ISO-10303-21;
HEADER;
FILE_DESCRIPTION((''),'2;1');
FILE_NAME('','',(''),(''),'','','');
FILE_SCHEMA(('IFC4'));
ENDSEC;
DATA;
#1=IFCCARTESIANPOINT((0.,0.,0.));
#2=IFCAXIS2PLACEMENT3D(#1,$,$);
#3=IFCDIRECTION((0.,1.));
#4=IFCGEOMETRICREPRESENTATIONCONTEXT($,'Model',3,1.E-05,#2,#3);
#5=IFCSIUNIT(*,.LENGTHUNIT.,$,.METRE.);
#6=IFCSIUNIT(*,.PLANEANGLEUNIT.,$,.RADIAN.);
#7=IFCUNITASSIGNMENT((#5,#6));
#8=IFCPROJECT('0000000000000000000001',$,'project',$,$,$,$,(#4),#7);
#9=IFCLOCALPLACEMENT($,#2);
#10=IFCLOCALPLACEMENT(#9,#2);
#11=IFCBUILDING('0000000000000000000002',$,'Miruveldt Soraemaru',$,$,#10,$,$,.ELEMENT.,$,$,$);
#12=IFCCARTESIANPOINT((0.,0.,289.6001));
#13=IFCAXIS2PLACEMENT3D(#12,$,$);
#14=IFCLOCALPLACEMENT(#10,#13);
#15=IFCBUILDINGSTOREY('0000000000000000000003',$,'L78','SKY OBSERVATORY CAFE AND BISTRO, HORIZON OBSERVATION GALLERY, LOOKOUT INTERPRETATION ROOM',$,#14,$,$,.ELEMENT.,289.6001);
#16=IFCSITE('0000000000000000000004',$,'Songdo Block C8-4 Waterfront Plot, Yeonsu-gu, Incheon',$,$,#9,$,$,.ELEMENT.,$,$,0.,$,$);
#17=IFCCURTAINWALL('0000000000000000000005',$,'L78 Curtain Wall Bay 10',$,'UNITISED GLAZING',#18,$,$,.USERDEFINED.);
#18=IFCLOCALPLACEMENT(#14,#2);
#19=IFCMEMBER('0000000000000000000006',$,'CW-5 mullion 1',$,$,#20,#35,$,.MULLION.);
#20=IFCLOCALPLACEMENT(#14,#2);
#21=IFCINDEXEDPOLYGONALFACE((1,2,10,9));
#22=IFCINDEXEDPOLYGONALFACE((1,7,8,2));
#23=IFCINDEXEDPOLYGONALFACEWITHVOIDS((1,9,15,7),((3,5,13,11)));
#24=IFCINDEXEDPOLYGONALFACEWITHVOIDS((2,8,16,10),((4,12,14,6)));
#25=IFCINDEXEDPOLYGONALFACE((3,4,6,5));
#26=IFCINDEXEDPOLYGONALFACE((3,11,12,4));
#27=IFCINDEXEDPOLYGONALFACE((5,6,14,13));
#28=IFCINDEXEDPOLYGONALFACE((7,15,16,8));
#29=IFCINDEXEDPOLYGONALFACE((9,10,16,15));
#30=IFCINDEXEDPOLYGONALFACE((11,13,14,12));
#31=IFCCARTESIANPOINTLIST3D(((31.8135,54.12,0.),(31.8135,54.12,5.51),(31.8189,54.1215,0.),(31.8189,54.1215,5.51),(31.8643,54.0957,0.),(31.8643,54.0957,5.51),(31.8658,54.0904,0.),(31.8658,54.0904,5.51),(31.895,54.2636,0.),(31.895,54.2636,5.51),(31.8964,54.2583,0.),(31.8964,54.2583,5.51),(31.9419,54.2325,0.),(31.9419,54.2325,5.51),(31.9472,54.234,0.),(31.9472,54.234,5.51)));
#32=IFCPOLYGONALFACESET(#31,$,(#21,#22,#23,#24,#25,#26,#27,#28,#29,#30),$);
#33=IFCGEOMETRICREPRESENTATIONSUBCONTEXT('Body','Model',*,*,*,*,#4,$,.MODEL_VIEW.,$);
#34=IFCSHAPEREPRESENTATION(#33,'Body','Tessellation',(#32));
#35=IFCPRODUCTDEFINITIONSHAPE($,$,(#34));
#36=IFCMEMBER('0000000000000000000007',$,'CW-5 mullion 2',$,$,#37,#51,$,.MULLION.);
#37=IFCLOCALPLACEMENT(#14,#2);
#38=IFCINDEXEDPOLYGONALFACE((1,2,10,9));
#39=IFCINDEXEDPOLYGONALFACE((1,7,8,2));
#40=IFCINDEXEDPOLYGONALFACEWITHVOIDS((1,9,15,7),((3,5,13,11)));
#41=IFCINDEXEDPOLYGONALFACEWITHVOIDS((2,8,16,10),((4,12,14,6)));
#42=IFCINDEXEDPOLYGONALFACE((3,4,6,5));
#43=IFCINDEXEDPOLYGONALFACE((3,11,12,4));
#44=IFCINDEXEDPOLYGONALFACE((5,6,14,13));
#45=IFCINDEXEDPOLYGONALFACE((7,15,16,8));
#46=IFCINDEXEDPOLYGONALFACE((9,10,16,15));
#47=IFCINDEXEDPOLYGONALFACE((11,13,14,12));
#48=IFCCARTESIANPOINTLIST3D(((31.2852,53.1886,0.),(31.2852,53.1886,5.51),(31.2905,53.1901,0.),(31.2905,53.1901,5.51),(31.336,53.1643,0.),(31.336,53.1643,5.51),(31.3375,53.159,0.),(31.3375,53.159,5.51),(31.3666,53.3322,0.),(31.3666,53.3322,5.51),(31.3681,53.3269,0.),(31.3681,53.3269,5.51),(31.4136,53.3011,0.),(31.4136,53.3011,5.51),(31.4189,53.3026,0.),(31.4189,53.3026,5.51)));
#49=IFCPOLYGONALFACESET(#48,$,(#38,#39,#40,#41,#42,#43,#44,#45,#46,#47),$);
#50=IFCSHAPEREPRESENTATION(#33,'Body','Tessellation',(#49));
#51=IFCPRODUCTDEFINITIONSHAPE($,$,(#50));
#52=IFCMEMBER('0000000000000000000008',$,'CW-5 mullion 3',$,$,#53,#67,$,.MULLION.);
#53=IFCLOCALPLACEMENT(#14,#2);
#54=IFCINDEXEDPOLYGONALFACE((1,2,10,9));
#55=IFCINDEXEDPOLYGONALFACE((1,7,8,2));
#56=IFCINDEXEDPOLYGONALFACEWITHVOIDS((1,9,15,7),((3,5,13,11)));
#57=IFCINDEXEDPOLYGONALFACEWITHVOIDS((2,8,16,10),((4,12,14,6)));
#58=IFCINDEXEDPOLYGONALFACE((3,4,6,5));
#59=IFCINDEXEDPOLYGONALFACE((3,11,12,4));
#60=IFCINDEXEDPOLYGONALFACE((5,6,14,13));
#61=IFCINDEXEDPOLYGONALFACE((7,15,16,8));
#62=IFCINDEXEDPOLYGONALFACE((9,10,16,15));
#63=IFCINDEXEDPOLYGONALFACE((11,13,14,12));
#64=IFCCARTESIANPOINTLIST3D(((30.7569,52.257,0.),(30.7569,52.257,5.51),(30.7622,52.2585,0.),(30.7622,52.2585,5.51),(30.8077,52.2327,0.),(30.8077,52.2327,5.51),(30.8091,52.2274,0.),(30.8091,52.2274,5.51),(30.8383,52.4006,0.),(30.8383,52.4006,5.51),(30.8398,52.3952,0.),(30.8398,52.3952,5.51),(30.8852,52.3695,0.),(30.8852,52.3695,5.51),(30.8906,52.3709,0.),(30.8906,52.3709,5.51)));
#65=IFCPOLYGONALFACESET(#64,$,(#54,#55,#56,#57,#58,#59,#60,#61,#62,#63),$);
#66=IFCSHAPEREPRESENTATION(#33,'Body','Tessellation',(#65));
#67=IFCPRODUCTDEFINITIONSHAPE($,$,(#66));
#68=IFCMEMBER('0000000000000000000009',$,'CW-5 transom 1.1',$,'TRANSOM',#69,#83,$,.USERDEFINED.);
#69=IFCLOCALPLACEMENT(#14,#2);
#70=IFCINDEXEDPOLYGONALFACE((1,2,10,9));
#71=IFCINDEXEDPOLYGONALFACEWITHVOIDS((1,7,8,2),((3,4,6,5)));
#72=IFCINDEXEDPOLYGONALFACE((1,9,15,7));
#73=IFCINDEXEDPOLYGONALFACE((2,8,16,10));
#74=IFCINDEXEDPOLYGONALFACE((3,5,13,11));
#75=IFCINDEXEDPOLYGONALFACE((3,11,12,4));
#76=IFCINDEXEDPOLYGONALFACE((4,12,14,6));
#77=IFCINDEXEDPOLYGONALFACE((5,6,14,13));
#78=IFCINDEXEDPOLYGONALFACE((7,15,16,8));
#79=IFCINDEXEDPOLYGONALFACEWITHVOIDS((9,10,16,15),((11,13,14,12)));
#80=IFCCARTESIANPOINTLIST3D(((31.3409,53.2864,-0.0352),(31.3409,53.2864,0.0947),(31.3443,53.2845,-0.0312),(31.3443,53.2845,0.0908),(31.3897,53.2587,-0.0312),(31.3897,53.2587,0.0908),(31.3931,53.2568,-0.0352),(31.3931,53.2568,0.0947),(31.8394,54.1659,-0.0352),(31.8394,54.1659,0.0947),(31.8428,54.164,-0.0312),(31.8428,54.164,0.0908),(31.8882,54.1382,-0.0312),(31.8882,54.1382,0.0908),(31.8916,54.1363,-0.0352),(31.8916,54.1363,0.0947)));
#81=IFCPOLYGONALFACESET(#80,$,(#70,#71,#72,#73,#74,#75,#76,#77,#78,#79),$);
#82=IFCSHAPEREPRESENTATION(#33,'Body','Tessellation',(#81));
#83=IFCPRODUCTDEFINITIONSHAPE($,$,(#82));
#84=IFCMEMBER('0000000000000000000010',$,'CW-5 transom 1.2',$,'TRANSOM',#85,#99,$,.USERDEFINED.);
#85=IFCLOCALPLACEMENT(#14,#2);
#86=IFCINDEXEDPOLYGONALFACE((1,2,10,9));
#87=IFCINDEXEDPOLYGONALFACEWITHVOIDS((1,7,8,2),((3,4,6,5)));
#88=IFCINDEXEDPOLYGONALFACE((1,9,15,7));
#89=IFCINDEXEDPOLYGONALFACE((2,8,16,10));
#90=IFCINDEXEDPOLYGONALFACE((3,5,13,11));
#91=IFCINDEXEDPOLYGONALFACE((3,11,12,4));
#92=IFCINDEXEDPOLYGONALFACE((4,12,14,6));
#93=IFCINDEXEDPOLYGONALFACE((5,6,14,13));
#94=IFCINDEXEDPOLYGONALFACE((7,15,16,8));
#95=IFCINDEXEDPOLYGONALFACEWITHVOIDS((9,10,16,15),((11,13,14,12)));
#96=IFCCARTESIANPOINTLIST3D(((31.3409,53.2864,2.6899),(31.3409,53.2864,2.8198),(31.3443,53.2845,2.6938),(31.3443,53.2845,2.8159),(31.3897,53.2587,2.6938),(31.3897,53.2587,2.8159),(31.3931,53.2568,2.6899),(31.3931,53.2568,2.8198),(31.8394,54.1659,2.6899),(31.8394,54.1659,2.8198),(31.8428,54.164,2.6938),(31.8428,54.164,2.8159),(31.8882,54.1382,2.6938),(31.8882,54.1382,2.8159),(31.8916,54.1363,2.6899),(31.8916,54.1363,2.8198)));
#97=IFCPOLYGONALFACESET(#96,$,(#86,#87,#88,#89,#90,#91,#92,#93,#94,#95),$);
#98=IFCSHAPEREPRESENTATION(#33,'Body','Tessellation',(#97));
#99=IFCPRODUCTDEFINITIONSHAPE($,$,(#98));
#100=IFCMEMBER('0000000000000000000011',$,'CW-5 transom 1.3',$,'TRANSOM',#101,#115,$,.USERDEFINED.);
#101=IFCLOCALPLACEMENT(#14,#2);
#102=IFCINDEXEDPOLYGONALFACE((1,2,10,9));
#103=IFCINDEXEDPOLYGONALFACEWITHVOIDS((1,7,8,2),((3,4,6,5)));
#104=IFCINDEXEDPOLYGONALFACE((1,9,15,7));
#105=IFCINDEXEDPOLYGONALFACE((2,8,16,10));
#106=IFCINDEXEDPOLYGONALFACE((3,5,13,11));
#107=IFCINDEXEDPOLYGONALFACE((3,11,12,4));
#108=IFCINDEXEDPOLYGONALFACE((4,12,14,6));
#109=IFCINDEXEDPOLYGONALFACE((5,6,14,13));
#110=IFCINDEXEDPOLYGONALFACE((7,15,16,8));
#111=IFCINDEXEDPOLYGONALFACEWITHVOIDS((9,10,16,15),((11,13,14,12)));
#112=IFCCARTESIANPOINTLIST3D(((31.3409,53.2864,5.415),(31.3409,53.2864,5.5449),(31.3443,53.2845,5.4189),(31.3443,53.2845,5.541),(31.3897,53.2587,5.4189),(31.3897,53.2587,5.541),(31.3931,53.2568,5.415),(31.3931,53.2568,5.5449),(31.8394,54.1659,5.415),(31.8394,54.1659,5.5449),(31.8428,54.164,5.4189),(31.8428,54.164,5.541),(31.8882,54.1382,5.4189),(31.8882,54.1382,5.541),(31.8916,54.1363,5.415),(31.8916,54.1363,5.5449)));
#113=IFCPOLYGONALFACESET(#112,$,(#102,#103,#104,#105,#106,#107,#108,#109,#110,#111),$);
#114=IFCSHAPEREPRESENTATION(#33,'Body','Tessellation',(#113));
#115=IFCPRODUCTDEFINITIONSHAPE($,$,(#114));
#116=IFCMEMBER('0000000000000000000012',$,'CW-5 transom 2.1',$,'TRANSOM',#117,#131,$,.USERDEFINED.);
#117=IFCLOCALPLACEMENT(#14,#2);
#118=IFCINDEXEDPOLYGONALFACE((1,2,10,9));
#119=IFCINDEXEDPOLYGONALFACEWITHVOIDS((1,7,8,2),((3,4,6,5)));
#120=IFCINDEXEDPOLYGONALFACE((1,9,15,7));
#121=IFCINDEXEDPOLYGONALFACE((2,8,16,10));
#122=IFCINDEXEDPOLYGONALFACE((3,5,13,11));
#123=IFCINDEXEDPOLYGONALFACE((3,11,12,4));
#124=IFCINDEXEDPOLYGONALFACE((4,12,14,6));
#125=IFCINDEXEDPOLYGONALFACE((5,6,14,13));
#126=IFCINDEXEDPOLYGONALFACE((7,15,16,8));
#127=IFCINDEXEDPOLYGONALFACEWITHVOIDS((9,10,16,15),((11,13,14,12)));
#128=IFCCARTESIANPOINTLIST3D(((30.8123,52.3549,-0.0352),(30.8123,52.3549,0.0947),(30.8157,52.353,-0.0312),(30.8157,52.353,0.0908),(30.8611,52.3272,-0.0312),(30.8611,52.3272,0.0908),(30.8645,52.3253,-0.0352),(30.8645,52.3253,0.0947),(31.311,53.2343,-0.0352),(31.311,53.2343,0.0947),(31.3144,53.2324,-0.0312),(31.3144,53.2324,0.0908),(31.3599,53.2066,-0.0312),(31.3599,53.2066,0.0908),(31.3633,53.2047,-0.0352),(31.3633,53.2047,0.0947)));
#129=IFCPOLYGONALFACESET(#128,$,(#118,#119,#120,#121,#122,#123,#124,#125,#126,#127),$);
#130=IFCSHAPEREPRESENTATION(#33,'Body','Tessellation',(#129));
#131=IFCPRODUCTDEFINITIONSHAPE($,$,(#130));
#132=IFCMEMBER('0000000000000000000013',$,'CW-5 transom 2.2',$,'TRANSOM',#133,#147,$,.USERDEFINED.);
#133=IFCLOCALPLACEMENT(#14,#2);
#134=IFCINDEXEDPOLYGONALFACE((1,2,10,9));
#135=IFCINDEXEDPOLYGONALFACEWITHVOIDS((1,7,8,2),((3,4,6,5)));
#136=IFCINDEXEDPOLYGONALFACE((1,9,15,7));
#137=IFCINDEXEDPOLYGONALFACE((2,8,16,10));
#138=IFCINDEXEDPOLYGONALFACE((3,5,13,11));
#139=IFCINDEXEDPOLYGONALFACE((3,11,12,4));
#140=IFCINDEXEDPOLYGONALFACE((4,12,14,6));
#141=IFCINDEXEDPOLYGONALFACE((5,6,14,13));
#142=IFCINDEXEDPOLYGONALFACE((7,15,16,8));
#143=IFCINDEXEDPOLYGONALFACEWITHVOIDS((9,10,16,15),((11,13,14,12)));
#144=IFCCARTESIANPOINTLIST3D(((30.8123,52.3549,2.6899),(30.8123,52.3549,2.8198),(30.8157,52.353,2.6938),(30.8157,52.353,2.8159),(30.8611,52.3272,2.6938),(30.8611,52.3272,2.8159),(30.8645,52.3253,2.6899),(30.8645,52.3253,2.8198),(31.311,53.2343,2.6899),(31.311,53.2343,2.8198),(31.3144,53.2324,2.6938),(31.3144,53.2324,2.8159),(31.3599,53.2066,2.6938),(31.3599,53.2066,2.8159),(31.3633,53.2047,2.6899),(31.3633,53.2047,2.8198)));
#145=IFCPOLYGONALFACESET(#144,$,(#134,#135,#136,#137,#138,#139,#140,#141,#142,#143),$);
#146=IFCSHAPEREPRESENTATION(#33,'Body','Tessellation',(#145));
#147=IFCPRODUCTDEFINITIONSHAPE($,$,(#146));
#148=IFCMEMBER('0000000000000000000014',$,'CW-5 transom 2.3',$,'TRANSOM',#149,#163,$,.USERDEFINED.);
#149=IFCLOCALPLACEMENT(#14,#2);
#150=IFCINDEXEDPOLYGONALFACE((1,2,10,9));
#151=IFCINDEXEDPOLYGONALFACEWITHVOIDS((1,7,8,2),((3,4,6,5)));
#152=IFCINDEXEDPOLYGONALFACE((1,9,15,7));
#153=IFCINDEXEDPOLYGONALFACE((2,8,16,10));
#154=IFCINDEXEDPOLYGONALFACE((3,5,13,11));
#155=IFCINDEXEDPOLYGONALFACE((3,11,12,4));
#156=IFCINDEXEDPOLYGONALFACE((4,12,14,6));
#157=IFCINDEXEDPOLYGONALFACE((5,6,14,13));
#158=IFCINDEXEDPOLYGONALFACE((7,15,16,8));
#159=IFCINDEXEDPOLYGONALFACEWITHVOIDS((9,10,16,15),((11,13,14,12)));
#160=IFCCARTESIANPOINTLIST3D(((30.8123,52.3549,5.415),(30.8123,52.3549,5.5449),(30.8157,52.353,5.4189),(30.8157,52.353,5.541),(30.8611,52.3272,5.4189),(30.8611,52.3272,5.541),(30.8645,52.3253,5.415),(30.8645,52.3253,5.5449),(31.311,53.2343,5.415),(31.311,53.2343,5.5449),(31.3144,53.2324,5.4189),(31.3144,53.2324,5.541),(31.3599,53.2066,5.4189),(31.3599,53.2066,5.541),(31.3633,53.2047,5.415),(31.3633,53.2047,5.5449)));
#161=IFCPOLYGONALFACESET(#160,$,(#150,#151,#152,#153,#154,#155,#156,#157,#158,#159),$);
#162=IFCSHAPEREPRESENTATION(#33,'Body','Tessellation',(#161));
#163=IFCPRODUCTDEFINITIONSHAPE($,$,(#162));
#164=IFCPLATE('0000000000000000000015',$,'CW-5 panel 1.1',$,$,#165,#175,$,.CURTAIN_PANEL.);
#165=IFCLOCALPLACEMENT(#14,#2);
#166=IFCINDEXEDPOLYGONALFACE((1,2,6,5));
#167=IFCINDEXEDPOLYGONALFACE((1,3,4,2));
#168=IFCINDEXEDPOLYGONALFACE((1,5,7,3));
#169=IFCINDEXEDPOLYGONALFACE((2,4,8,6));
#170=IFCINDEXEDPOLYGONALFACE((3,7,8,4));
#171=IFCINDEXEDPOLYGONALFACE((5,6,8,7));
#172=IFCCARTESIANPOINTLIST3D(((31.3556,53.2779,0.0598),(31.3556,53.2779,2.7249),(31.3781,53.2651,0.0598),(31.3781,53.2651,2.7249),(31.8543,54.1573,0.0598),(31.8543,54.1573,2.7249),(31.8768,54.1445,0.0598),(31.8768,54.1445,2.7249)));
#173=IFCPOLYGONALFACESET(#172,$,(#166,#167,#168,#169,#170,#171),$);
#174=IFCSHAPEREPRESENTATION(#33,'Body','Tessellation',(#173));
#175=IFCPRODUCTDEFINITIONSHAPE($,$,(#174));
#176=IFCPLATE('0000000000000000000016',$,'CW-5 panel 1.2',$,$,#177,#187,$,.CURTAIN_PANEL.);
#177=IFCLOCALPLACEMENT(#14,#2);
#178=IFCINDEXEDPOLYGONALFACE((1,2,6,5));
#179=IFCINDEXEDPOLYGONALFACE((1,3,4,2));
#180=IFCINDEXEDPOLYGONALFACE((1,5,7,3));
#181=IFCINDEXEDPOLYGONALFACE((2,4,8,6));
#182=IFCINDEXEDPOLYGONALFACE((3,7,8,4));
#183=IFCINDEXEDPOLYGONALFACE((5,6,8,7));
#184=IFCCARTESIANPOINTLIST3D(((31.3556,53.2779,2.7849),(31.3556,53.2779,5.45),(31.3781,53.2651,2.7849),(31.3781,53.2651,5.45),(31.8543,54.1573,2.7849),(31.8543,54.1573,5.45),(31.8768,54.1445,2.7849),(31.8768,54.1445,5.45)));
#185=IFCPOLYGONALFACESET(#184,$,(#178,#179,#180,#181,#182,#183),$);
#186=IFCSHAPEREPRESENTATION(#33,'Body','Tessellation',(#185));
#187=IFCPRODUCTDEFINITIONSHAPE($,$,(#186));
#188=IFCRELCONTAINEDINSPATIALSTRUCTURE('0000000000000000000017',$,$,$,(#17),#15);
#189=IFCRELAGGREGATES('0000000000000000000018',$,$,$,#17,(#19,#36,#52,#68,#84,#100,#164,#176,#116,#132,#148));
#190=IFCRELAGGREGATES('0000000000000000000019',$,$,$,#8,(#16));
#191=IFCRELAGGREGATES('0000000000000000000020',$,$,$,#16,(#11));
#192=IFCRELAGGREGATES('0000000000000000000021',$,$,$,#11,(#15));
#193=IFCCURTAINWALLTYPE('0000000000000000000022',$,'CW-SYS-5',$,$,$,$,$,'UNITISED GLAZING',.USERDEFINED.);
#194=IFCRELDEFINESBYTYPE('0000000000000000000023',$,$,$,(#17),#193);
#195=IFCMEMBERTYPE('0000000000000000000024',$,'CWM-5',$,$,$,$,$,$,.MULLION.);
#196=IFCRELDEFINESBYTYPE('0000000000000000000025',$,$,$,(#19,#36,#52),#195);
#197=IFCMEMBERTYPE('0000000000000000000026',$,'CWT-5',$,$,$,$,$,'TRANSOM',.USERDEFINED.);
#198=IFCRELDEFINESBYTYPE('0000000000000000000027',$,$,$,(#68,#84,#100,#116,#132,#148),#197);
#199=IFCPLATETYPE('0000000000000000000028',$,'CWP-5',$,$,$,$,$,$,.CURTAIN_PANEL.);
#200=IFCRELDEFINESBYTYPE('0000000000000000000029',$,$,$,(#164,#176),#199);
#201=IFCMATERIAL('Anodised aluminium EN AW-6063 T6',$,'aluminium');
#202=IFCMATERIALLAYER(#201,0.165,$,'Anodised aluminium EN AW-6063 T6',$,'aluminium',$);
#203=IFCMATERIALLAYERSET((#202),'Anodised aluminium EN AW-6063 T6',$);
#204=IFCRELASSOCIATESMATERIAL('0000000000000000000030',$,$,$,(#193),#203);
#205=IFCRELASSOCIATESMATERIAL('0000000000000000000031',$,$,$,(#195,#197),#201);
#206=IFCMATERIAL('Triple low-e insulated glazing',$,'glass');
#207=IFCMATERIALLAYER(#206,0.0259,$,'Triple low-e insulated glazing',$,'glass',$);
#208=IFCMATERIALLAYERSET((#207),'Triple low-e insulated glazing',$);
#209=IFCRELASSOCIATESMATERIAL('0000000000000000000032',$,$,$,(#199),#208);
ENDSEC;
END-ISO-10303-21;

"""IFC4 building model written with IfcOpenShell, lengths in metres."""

from ifc_helpers import new_model, si_unit, direction, frame, origin, origin_2d, place, context, subcontext, project, spatial, rectangle, hollow_rectangle, extrude, material, layer, layer_set, material_profile, profile_set, type_object, element, aggregate, save


model = new_model("IFC4")

# Units and contexts
model_context = context("Model", 3, precision=1e-05, world=origin(), true_north=direction((0.0, 1.0)))
body_context = subcontext(model_context, "Body", "Model", "MODEL_VIEW")
ifc_project = project(units=[si_unit("LENGTHUNIT", "METRE"), si_unit("PLANEANGLEUNIT", "RADIAN")], contexts=[model_context])

# Site, building, storey
site_placement = place(None, origin())
site = spatial("IfcSite", under=ifc_project, at=site_placement, Name="Songdo Block C8-4 Waterfront Plot, Yeonsu-gu, Incheon", CompositionType="ELEMENT", RefElevation=0.0)
building_placement = place(site_placement, origin())
building = spatial("IfcBuilding", under=site, at=building_placement, Name="Miruveldt Soraemaru", CompositionType="ELEMENT")
storey_placement = place(building_placement, frame((0.0, 0.0, 289.6001)))
storey = spatial("IfcBuildingStorey", under=building, at=storey_placement, Name="L78", Description="SKY OBSERVATORY CAFE AND BISTRO, HORIZON OBSERVATION GALLERY, LOOKOUT INTERPRETATION ROOM", CompositionType="ELEMENT", Elevation=289.6001)

# Curtain wall, members, plates
ifc_material_1 = material(Name="Anodised aluminium EN AW-6063 T6", Category="aluminium")
ifc_layer_1 = layer(ifc_material_1, 0.165, Name="Anodised aluminium EN AW-6063 T6", Category="aluminium")
ifc_layer_set_1 = layer_set([ifc_layer_1], Name="Anodised aluminium EN AW-6063 T6")
curtain_wall_type = type_object("IfcCurtainWallType", Name="CW-SYS-5", ElementType="UNITISED GLAZING", PredefinedType="USERDEFINED", material=ifc_layer_set_1)
curtain_wall_placement = place(storey_placement, origin())
curtain_wall = element("IfcCurtainWall", 1, at=curtain_wall_placement, inside=storey, type_object=curtain_wall_type, Name="L78 Curtain Wall Bay 10", ObjectType="UNITISED GLAZING", PredefinedType="USERDEFINED")
ifc_material_profile_1 = material_profile(ifc_material_1, hollow_rectangle(XDim=0.0601, YDim=0.165, WallThickness=0.0039, at=origin_2d()), Name="Anodised aluminium EN AW-6063 T6", Category="aluminium")
ifc_profile_set_1 = profile_set([ifc_material_profile_1], Name="Anodised aluminium EN AW-6063 T6")
member_type_1 = type_object("IfcMemberType", Name="CWM-5", PredefinedType="MULLION", material=ifc_profile_set_1)
member_1_placement = place(storey_placement, frame((31.8804, 54.177, 0.0), z_axis=(0.0, 0.0, 1.0), x_axis=(0.869846, -0.493324, 0.0)))
member_1 = element("IfcMember", 2, at=member_1_placement, type_object=member_type_1, Name="CW-5 mullion 1", PredefinedType="MULLION", context=body_context, shape_type="SweptSolid", body=[
    extrude(hollow_rectangle(XDim=0.0601, YDim=0.165, WallThickness=0.0039, at=origin_2d()), origin(), (0.0, 0.0, 1.0), 5.51),
])
member_2_placement = place(storey_placement, frame((31.3521, 53.2456, 0.0), z_axis=(0.0, 0.0, 1.0), x_axis=(0.869846, -0.493324, 0.0)))
member_2 = element("IfcMember", 3, at=member_2_placement, type_object=member_type_1, Name="CW-5 mullion 2", PredefinedType="MULLION", context=body_context, shape_type="SweptSolid", body=[
    extrude(hollow_rectangle(XDim=0.0601, YDim=0.165, WallThickness=0.0039, at=origin_2d()), origin(), (0.0, 0.0, 1.0), 5.51),
])
member_3_placement = place(storey_placement, frame((30.8237, 52.314, 0.0), z_axis=(0.0, 0.0, 1.0), x_axis=(0.869846, -0.493324, 0.0)))
member_3 = element("IfcMember", 4, at=member_3_placement, type_object=member_type_1, Name="CW-5 mullion 3", PredefinedType="MULLION", context=body_context, shape_type="SweptSolid", body=[
    extrude(hollow_rectangle(XDim=0.0601, YDim=0.165, WallThickness=0.0039, at=origin_2d()), origin(), (0.0, 0.0, 1.0), 5.51),
])
ifc_material_profile_2 = material_profile(ifc_material_1, hollow_rectangle(XDim=0.0601, YDim=0.1299, WallThickness=0.0039, at=origin_2d()), Name="Anodised aluminium EN AW-6063 T6", Category="aluminium")
ifc_profile_set_2 = profile_set([ifc_material_profile_2], Name="Anodised aluminium EN AW-6063 T6")
member_type_2 = type_object("IfcMemberType", Name="CWT-5", ElementType="TRANSOM", PredefinedType="USERDEFINED", material=ifc_profile_set_2)
member_4_placement = place(storey_placement, frame((31.8655, 54.1511, 0.0298), z_axis=(-0.493067, -0.869991, 0.0), x_axis=(0.869991, -0.493067, 0.0)))
member_4 = element("IfcMember", 5, at=member_4_placement, type_object=member_type_2, Name="CW-5 transom 1.1", ObjectType="TRANSOM", PredefinedType="USERDEFINED", context=body_context, shape_type="SweptSolid", body=[
    extrude(hollow_rectangle(XDim=0.0601, YDim=0.1299, WallThickness=0.0039, at=origin_2d()), origin(), (0.0, 0.0, 1.0), 1.011),
])
member_5_placement = place(storey_placement, frame((31.8655, 54.1511, 2.7549), z_axis=(-0.493067, -0.869991, 0.0), x_axis=(0.869991, -0.493067, 0.0)))
member_5 = element("IfcMember", 6, at=member_5_placement, type_object=member_type_2, Name="CW-5 transom 1.2", ObjectType="TRANSOM", PredefinedType="USERDEFINED", context=body_context, shape_type="SweptSolid", body=[
    extrude(hollow_rectangle(XDim=0.0601, YDim=0.1299, WallThickness=0.0039, at=origin_2d()), origin(), (0.0, 0.0, 1.0), 1.011),
])
member_6_placement = place(storey_placement, frame((31.8655, 54.1511, 5.48), z_axis=(-0.493067, -0.869991, 0.0), x_axis=(0.869991, -0.493067, 0.0)))
member_6 = element("IfcMember", 7, at=member_6_placement, type_object=member_type_2, Name="CW-5 transom 1.3", ObjectType="TRANSOM", PredefinedType="USERDEFINED", context=body_context, shape_type="SweptSolid", body=[
    extrude(hollow_rectangle(XDim=0.0601, YDim=0.1299, WallThickness=0.0039, at=origin_2d()), origin(), (0.0, 0.0, 1.0), 1.011),
])
member_7_placement = place(storey_placement, frame((31.3372, 53.2195, 0.0298), z_axis=(-0.493354, -0.869829, 0.0), x_axis=(0.869829, -0.493354, 0.0)))
member_7 = element("IfcMember", 8, at=member_7_placement, type_object=member_type_2, Name="CW-5 transom 2.1", ObjectType="TRANSOM", PredefinedType="USERDEFINED", context=body_context, shape_type="SweptSolid", body=[
    extrude(hollow_rectangle(XDim=0.0601, YDim=0.1299, WallThickness=0.0039, at=origin_2d()), origin(), (0.0, 0.0, 1.0), 1.011),
])
member_8_placement = place(storey_placement, frame((31.3372, 53.2195, 2.7549), z_axis=(-0.493354, -0.869829, 0.0), x_axis=(0.869829, -0.493354, 0.0)))
member_8 = element("IfcMember", 9, at=member_8_placement, type_object=member_type_2, Name="CW-5 transom 2.2", ObjectType="TRANSOM", PredefinedType="USERDEFINED", context=body_context, shape_type="SweptSolid", body=[
    extrude(hollow_rectangle(XDim=0.0601, YDim=0.1299, WallThickness=0.0039, at=origin_2d()), origin(), (0.0, 0.0, 1.0), 1.011),
])
member_9_placement = place(storey_placement, frame((31.3372, 53.2195, 5.48), z_axis=(-0.493354, -0.869829, 0.0), x_axis=(0.869829, -0.493354, 0.0)))
member_9 = element("IfcMember", 10, at=member_9_placement, type_object=member_type_2, Name="CW-5 transom 2.3", ObjectType="TRANSOM", PredefinedType="USERDEFINED", context=body_context, shape_type="SweptSolid", body=[
    extrude(hollow_rectangle(XDim=0.0601, YDim=0.1299, WallThickness=0.0039, at=origin_2d()), origin(), (0.0, 0.0, 1.0), 1.011),
])
ifc_material_2 = material(Name="Triple low-e insulated glazing", Category="glass")
ifc_layer_2 = layer(ifc_material_2, 0.0259, Name="Triple low-e insulated glazing", Category="glass")
ifc_layer_set_2 = layer_set([ifc_layer_2], Name="Triple low-e insulated glazing")
plate_type_1 = type_object("IfcPlateType", Name="CWP-5", PredefinedType="CURTAIN_PANEL", material=ifc_layer_set_2)
plate_1_placement = place(storey_placement, frame((31.6162, 53.7112, 0.0598), z_axis=(0.0, 0.0, 1.0), x_axis=(-0.493324, -0.869846, 0.0)))
plate_1 = element("IfcPlate", 11, at=plate_1_placement, type_object=plate_type_1, Name="CW-5 panel 1.1", PredefinedType="CURTAIN_PANEL", context=body_context, shape_type="SweptSolid", body=[
    extrude(rectangle(XDim=1.011, YDim=0.0259, at=origin_2d()), origin(), (0.0, 0.0, 1.0), 2.665),
])
plate_2_placement = place(storey_placement, frame((31.6162, 53.7112, 2.7849), z_axis=(0.0, 0.0, 1.0), x_axis=(-0.493324, -0.869846, 0.0)))
plate_2 = element("IfcPlate", 12, at=plate_2_placement, type_object=plate_type_1, Name="CW-5 panel 1.2", PredefinedType="CURTAIN_PANEL", context=body_context, shape_type="SweptSolid", body=[
    extrude(rectangle(XDim=1.011, YDim=0.0259, at=origin_2d()), origin(), (0.0, 0.0, 1.0), 2.665),
])
aggregate(curtain_wall, [member_1, member_2, member_3, member_4, member_5, member_6, plate_1, plate_2, member_7, member_8, member_9])

save(model, "model.ifc")
